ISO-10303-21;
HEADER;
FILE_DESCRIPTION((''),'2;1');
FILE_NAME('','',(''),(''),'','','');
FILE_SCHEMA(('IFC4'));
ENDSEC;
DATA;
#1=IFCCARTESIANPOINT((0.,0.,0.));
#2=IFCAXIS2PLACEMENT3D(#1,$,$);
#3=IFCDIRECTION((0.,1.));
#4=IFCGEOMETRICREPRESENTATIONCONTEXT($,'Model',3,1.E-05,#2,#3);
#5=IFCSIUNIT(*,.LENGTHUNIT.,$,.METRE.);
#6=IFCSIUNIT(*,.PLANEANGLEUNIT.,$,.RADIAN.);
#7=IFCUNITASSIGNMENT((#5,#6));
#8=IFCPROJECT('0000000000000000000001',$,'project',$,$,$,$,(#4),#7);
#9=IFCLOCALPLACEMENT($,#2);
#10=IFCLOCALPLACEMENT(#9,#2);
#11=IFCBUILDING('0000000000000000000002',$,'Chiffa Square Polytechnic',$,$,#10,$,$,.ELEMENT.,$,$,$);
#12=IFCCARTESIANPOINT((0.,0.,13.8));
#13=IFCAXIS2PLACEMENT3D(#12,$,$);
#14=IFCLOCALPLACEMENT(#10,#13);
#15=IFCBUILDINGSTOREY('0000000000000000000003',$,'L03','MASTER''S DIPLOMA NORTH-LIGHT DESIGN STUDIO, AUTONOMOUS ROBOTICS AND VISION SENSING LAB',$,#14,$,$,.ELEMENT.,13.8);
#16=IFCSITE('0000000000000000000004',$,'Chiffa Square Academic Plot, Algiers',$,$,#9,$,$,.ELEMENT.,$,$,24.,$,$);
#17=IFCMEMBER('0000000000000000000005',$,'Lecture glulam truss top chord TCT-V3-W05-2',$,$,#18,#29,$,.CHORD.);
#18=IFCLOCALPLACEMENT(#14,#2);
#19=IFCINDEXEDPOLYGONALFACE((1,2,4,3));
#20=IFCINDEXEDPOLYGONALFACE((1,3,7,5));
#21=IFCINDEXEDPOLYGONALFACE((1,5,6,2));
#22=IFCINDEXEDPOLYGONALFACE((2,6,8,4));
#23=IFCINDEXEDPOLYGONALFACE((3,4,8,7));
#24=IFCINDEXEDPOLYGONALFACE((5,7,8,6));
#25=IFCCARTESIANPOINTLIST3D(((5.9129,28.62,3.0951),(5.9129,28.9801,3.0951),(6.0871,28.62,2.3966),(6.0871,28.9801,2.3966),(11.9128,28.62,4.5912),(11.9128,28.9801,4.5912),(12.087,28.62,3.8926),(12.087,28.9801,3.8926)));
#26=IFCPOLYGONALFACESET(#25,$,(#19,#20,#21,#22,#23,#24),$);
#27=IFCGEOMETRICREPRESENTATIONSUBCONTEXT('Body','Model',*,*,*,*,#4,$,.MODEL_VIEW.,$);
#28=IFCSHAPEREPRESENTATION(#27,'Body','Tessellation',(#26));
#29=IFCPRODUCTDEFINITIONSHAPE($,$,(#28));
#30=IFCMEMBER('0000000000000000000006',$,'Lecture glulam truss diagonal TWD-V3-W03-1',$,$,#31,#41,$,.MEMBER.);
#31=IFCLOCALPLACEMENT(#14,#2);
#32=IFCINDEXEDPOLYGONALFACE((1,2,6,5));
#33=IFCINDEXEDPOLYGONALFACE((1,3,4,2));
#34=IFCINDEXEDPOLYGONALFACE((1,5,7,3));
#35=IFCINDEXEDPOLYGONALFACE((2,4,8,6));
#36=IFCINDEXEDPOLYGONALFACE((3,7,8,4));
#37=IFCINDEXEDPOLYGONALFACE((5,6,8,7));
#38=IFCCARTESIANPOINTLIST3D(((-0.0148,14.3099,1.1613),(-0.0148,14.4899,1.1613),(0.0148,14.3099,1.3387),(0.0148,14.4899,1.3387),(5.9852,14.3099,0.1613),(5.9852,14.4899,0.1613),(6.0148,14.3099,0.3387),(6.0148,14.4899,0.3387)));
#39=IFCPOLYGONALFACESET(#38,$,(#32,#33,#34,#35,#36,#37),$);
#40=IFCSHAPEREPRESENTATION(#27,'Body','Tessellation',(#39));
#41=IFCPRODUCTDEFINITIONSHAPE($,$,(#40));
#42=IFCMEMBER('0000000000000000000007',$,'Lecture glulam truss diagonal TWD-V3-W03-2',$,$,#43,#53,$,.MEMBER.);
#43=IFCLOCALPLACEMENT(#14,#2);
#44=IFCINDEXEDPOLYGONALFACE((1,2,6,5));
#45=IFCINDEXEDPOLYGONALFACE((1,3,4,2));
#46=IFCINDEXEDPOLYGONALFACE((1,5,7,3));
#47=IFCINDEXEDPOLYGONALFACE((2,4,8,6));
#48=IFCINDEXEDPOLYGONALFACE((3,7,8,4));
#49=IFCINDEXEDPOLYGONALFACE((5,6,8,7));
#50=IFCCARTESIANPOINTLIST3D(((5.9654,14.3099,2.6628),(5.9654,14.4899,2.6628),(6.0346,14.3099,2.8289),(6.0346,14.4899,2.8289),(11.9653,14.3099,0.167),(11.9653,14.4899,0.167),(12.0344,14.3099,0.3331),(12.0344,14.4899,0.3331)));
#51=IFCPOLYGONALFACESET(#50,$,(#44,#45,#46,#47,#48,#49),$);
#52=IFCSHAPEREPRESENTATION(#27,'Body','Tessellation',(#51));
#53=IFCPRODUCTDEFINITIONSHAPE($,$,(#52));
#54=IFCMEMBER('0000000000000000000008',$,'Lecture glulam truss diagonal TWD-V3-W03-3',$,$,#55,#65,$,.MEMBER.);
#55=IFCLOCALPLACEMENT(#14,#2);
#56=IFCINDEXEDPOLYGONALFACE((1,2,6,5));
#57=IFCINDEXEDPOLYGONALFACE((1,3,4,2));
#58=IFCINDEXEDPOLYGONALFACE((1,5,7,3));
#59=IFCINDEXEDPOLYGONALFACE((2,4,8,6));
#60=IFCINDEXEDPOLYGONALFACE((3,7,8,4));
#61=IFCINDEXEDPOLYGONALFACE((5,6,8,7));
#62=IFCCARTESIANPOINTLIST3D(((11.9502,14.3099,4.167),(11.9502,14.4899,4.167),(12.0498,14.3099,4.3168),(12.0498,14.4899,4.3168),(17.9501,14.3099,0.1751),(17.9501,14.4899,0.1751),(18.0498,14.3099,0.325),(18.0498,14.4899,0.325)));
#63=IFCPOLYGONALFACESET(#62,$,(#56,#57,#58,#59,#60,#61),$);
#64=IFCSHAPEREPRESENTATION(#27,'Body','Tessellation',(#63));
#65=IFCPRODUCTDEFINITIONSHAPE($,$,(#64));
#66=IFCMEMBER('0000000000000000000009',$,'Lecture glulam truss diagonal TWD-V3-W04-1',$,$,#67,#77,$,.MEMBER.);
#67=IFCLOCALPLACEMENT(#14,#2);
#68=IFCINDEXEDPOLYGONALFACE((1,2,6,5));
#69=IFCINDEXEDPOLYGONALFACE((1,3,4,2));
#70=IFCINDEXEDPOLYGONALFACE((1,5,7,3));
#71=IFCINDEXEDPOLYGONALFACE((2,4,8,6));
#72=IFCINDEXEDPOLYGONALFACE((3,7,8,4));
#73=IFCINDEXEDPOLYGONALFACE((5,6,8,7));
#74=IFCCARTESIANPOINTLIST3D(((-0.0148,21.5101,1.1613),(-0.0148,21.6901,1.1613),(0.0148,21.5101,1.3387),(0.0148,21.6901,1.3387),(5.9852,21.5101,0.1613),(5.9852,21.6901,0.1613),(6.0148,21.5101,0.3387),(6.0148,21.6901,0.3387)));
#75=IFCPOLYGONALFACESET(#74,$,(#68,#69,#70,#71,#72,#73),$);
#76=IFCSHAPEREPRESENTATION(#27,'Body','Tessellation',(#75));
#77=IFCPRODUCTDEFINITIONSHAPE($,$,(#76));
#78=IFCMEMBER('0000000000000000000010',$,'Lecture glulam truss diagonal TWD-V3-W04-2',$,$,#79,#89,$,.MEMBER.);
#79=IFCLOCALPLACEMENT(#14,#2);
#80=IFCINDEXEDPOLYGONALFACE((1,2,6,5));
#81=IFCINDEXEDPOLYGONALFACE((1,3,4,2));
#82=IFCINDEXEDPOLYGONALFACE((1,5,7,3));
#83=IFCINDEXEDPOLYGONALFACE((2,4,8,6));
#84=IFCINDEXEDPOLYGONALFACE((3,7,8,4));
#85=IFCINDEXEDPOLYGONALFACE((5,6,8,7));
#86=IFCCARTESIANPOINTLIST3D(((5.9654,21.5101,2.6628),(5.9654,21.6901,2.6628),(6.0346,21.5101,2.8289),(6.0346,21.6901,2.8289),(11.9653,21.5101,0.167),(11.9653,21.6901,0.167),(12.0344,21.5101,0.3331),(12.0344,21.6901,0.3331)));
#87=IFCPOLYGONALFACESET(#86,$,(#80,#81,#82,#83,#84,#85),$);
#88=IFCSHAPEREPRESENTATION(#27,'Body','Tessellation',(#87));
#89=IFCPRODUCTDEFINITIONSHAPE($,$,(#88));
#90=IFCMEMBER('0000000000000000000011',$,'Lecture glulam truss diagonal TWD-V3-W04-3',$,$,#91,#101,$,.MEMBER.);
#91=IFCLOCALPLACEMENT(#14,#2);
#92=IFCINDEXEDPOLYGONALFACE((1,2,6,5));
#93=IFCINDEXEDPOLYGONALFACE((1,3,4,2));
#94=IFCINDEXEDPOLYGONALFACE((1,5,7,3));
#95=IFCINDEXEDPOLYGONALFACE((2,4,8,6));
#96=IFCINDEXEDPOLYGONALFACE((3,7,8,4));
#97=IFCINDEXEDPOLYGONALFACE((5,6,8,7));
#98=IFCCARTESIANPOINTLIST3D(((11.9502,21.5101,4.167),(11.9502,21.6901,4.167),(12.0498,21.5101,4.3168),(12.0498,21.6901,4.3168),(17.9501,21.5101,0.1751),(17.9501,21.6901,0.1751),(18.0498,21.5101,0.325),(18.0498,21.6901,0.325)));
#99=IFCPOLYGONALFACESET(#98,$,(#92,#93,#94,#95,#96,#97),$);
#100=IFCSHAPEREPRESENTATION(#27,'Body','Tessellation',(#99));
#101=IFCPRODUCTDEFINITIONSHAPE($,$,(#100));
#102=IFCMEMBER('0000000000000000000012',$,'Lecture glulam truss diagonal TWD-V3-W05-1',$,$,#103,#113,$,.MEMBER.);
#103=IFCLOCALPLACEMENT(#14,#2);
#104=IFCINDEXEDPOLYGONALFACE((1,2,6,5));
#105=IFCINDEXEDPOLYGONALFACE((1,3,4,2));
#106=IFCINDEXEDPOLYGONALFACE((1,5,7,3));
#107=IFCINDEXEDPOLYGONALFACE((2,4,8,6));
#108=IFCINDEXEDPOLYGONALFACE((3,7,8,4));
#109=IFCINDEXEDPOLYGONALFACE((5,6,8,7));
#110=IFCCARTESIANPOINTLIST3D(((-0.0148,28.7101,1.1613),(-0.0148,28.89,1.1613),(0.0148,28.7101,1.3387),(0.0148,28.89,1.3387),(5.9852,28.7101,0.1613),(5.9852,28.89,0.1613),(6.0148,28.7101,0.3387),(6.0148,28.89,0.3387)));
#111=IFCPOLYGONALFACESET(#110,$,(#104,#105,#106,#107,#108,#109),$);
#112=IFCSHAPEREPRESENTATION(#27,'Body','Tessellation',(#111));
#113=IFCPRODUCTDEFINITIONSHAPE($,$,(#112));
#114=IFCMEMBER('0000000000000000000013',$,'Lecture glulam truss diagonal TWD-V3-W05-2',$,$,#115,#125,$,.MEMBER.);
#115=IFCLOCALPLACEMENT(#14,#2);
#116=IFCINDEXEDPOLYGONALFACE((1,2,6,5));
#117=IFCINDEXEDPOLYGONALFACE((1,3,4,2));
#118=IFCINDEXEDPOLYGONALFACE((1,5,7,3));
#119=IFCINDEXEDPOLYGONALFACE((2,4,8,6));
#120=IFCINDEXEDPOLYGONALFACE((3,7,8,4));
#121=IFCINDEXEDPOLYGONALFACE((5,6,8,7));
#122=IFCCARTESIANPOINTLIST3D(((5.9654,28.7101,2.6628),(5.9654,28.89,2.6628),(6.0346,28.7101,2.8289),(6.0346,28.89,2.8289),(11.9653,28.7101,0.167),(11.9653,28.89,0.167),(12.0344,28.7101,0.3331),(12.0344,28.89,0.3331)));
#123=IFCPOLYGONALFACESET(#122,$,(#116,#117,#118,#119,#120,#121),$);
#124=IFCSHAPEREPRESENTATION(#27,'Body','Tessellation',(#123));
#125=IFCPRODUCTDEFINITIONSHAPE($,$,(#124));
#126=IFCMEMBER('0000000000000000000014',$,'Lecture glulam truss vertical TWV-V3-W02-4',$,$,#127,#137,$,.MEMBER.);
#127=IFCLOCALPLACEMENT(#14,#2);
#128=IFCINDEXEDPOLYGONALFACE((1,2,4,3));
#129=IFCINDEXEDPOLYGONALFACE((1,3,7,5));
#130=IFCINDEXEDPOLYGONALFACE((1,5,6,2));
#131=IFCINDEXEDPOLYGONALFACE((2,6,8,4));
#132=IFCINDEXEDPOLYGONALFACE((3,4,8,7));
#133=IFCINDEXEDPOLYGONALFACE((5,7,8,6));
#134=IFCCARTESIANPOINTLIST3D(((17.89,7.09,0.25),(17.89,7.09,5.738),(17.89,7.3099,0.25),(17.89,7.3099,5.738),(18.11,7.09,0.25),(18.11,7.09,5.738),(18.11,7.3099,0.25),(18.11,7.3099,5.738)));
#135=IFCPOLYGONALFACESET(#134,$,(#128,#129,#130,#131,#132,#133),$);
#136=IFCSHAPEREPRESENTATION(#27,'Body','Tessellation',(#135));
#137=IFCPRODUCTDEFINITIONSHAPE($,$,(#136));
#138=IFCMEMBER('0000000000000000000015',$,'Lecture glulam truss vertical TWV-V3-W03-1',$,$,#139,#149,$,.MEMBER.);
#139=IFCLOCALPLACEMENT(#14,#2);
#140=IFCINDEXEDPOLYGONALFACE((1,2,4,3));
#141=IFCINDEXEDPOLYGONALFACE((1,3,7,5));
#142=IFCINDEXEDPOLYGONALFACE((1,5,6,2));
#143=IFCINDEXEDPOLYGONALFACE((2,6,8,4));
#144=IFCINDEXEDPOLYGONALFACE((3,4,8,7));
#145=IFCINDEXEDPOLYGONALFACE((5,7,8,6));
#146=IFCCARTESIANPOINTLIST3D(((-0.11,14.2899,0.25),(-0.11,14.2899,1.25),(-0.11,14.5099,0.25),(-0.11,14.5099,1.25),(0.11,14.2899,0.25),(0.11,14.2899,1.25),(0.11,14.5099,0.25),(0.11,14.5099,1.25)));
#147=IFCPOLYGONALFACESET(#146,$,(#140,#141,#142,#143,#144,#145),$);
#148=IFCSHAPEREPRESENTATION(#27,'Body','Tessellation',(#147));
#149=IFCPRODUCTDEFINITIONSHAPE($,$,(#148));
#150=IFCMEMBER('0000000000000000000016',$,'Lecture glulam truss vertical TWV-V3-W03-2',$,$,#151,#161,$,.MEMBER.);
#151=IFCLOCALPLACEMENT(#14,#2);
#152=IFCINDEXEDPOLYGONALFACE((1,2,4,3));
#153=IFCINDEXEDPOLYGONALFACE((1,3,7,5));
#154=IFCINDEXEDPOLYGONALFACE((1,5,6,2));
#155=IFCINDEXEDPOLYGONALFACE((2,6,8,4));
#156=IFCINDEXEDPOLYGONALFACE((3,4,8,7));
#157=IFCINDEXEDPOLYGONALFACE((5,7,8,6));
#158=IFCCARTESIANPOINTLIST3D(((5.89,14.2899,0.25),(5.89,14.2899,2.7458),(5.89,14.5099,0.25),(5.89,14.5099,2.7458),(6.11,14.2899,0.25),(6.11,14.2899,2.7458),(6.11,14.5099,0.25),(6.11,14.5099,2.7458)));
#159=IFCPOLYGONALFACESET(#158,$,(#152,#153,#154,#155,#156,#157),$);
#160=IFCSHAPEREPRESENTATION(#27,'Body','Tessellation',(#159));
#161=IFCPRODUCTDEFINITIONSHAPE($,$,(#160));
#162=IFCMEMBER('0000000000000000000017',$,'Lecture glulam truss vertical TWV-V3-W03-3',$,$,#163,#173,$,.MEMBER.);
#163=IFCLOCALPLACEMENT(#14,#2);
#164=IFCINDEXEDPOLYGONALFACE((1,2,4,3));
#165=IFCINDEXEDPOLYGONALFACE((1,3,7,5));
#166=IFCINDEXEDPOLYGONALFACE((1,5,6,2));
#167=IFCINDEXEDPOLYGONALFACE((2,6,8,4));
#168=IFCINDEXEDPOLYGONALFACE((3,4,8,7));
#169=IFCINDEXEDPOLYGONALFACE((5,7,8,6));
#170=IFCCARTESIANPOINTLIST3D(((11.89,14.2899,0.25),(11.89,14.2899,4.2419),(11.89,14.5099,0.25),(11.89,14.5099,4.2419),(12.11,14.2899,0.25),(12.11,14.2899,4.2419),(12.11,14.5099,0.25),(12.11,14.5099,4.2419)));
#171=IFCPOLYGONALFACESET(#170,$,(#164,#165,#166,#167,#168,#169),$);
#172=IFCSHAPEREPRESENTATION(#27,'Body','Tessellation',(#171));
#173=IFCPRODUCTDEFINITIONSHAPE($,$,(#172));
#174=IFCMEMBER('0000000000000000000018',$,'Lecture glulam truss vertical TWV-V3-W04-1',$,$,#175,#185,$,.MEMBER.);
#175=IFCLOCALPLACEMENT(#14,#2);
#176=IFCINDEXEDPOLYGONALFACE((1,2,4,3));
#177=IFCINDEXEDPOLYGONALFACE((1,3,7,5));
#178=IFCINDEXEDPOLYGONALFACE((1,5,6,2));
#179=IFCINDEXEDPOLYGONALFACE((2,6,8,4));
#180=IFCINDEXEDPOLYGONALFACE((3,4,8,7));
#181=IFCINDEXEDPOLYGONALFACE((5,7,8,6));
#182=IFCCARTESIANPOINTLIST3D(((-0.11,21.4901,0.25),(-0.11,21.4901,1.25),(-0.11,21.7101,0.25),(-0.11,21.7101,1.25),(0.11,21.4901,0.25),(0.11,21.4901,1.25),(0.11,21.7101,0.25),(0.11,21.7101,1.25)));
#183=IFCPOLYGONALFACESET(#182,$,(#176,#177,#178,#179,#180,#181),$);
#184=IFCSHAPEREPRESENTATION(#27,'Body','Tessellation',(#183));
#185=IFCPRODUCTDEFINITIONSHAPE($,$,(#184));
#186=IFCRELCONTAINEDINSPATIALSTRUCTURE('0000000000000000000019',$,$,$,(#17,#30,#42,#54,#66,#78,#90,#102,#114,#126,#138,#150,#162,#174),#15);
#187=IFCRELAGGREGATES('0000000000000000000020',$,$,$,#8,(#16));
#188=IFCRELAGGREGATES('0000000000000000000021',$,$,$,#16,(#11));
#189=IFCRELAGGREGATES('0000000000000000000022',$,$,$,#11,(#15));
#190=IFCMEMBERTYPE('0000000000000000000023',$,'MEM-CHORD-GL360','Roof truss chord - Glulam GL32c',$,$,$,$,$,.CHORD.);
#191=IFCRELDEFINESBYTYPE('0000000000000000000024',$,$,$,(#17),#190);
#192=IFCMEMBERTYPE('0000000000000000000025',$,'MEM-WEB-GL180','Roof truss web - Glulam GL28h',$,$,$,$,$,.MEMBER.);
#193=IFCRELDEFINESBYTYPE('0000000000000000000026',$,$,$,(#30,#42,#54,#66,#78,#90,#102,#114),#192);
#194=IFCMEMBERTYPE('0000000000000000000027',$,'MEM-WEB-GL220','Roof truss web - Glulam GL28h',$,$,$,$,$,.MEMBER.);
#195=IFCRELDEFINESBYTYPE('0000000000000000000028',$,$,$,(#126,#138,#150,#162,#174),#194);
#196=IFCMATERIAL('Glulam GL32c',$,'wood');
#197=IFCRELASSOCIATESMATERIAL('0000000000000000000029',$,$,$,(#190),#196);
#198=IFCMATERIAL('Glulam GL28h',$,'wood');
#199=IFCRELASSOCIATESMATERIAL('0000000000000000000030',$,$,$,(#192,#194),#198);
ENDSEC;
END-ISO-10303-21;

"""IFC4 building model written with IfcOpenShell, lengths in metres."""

from ifc_helpers import new_model, si_unit, direction, frame, origin, origin_2d, place, context, subcontext, project, spatial, rectangle, extrude, material, material_profile, profile_set, type_object, element, save


model = new_model("IFC4")

# Units and contexts
model_context = context("Model", 3, precision=1e-05, world=origin(), true_north=direction((0.0, 1.0)))
body_context = subcontext(model_context, "Body", "Model", "MODEL_VIEW")
ifc_project = project(units=[si_unit("LENGTHUNIT", "METRE"), si_unit("PLANEANGLEUNIT", "RADIAN")], contexts=[model_context])

# Site, building, storey
site_placement = place(None, origin())
site = spatial("IfcSite", under=ifc_project, at=site_placement, Name="Chiffa Square Academic Plot, Algiers", CompositionType="ELEMENT", RefElevation=24.0)
building_placement = place(site_placement, origin())
building = spatial("IfcBuilding", under=site, at=building_placement, Name="Chiffa Square Polytechnic", CompositionType="ELEMENT")
storey_placement = place(building_placement, frame((0.0, 0.0, 13.8)))
storey = spatial("IfcBuildingStorey", under=building, at=storey_placement, Name="L03", Description="MASTER'S DIPLOMA NORTH-LIGHT DESIGN STUDIO, AUTONOMOUS ROBOTICS AND VISION SENSING LAB", CompositionType="ELEMENT", Elevation=13.8)

# Shared definitions
ifc_material_1 = material(Name="Glulam GL32c", Category="wood")

# Members
ifc_material_profile_1 = material_profile(ifc_material_1, rectangle(XDim=0.3601, YDim=0.72, at=origin_2d()), Name="GL32c 360x720")
ifc_profile_set_1 = profile_set([ifc_material_profile_1], Name="Glulam GL32c")
member_type_1 = type_object("IfcMemberType", Name="MEM-CHORD-GL360", Description="Roof truss chord - Glulam GL32c", PredefinedType="CHORD", material=ifc_profile_set_1)
for number, where, z_axis, x_axis, name in (
    (1, (6.0, 28.8, 2.7458), (0.970291, 0.0, 0.241941), (0.0, 1.0, 0.0), "Lecture glulam truss top chord TCT-V3-W05-2"),
):
    element("IfcMember", number, at=place(storey_placement, frame(where, z_axis=z_axis, x_axis=x_axis)), inside=storey, type_object=member_type_1, Name=name, PredefinedType="CHORD", context=body_context, shape_type="SweptSolid", body=[
        extrude(rectangle(XDim=0.3601, YDim=0.72, at=origin_2d()), origin(), (0.0, 0.0, 1.0), 6.1836),
    ])
ifc_material_2 = material(Name="Glulam GL28h", Category="wood")
ifc_material_profile_2 = material_profile(ifc_material_2, rectangle(XDim=0.1799, YDim=0.1799, at=origin_2d()), Name="GL28h 180x180")
ifc_profile_set_2 = profile_set([ifc_material_profile_2], Name="Glulam GL28h")
member_type_2 = type_object("IfcMemberType", Name="MEM-WEB-GL180", Description="Roof truss web - Glulam GL28h", PredefinedType="MEMBER", material=ifc_profile_set_2)
member_1_placement = place(storey_placement, frame((0.0, 14.3999, 1.25), z_axis=(0.986394, 0.0, -0.164399), x_axis=(0.0, 1.0, 0.0)))
element("IfcMember", 2, at=member_1_placement, inside=storey, type_object=member_type_2, Name="Lecture glulam truss diagonal TWD-V3-W03-1", PredefinedType="MEMBER", context=body_context, shape_type="SweptSolid", body=[
    extrude(rectangle(XDim=0.1799, YDim=0.1799, at=origin_2d()), origin(), (0.0, 0.0, 1.0), 6.0828),
])
member_2_placement = place(storey_placement, frame((6.0, 14.3999, 2.7458), z_axis=(0.923304, 0.0, -0.384071), x_axis=(0.0, 1.0, 0.0)))
element("IfcMember", 3, at=member_2_placement, inside=storey, type_object=member_type_2, Name="Lecture glulam truss diagonal TWD-V3-W03-2", PredefinedType="MEMBER", context=body_context, shape_type="SweptSolid", body=[
    extrude(rectangle(XDim=0.1799, YDim=0.1799, at=origin_2d()), origin(), (0.0, 0.0, 1.0), 6.4983),
])
member_3_placement = place(storey_placement, frame((12.0, 14.3999, 4.2419), z_axis=(0.832566, 0.0, -0.553926), x_axis=(0.0, 1.0, 0.0)))
element("IfcMember", 4, at=member_3_placement, inside=storey, type_object=member_type_2, Name="Lecture glulam truss diagonal TWD-V3-W03-3", PredefinedType="MEMBER", context=body_context, shape_type="SweptSolid", body=[
    extrude(rectangle(XDim=0.1799, YDim=0.1799, at=origin_2d()), origin(), (0.0, 0.0, 1.0), 7.2065),
])
member_4_placement = place(storey_placement, frame((0.0, 21.6001, 1.25), z_axis=(0.986394, 0.0, -0.164399), x_axis=(0.0, 1.0, 0.0)))
element("IfcMember", 5, at=member_4_placement, inside=storey, type_object=member_type_2, Name="Lecture glulam truss diagonal TWD-V3-W04-1", PredefinedType="MEMBER", context=body_context, shape_type="SweptSolid", body=[
    extrude(rectangle(XDim=0.1799, YDim=0.1799, at=origin_2d()), origin(), (0.0, 0.0, 1.0), 6.0828),
])
member_5_placement = place(storey_placement, frame((6.0, 21.6001, 2.7458), z_axis=(0.923304, 0.0, -0.384071), x_axis=(0.0, 1.0, 0.0)))
element("IfcMember", 6, at=member_5_placement, inside=storey, type_object=member_type_2, Name="Lecture glulam truss diagonal TWD-V3-W04-2", PredefinedType="MEMBER", context=body_context, shape_type="SweptSolid", body=[
    extrude(rectangle(XDim=0.1799, YDim=0.1799, at=origin_2d()), origin(), (0.0, 0.0, 1.0), 6.4983),
])
member_6_placement = place(storey_placement, frame((12.0, 21.6001, 4.2419), z_axis=(0.832566, 0.0, -0.553926), x_axis=(0.0, 1.0, 0.0)))
element("IfcMember", 7, at=member_6_placement, inside=storey, type_object=member_type_2, Name="Lecture glulam truss diagonal TWD-V3-W04-3", PredefinedType="MEMBER", context=body_context, shape_type="SweptSolid", body=[
    extrude(rectangle(XDim=0.1799, YDim=0.1799, at=origin_2d()), origin(), (0.0, 0.0, 1.0), 7.2065),
])
member_7_placement = place(storey_placement, frame((0.0, 28.8, 1.25), z_axis=(0.986394, 0.0, -0.164399), x_axis=(0.0, 1.0, 0.0)))
element("IfcMember", 8, at=member_7_placement, inside=storey, type_object=member_type_2, Name="Lecture glulam truss diagonal TWD-V3-W05-1", PredefinedType="MEMBER", context=body_context, shape_type="SweptSolid", body=[
    extrude(rectangle(XDim=0.1799, YDim=0.1799, at=origin_2d()), origin(), (0.0, 0.0, 1.0), 6.0828),
])
member_8_placement = place(storey_placement, frame((6.0, 28.8, 2.7458), z_axis=(0.923304, 0.0, -0.384071), x_axis=(0.0, 1.0, 0.0)))
element("IfcMember", 9, at=member_8_placement, inside=storey, type_object=member_type_2, Name="Lecture glulam truss diagonal TWD-V3-W05-2", PredefinedType="MEMBER", context=body_context, shape_type="SweptSolid", body=[
    extrude(rectangle(XDim=0.1799, YDim=0.1799, at=origin_2d()), origin(), (0.0, 0.0, 1.0), 6.4983),
])
ifc_material_profile_3 = material_profile(ifc_material_2, rectangle(XDim=0.22, YDim=0.22, at=origin_2d()), Name="GL28h 220x220")
ifc_profile_set_3 = profile_set([ifc_material_profile_3], Name="Glulam GL28h")
member_type_3 = type_object("IfcMemberType", Name="MEM-WEB-GL220", Description="Roof truss web - Glulam GL28h", PredefinedType="MEMBER", material=ifc_profile_set_3)
member_9_placement = place(storey_placement, frame((18.0, 7.2, 0.25), z_axis=(0.0, 0.0, 1.0), x_axis=(1.0, 0.0, 0.0)))
element("IfcMember", 10, at=member_9_placement, inside=storey, type_object=member_type_3, Name="Lecture glulam truss vertical TWV-V3-W02-4", PredefinedType="MEMBER", context=body_context, shape_type="SweptSolid", body=[
    extrude(rectangle(XDim=0.22, YDim=0.22, at=origin_2d()), origin(), (0.0, 0.0, 1.0), 5.488),
])
member_10_placement = place(storey_placement, frame((0.0, 14.3999, 0.25), z_axis=(0.0, 0.0, 1.0), x_axis=(1.0, 0.0, 0.0)))
element("IfcMember", 11, at=member_10_placement, inside=storey, type_object=member_type_3, Name="Lecture glulam truss vertical TWV-V3-W03-1", PredefinedType="MEMBER", context=body_context, shape_type="SweptSolid", body=[
    extrude(rectangle(XDim=0.22, YDim=0.22, at=origin_2d()), origin(), (0.0, 0.0, 1.0), 1.0),
])
member_11_placement = place(storey_placement, frame((6.0, 14.3999, 0.25), z_axis=(0.0, 0.0, 1.0), x_axis=(1.0, 0.0, 0.0)))
element("IfcMember", 12, at=member_11_placement, inside=storey, type_object=member_type_3, Name="Lecture glulam truss vertical TWV-V3-W03-2", PredefinedType="MEMBER", context=body_context, shape_type="SweptSolid", body=[
    extrude(rectangle(XDim=0.22, YDim=0.22, at=origin_2d()), origin(), (0.0, 0.0, 1.0), 2.4958),
])
member_12_placement = place(storey_placement, frame((12.0, 14.3999, 0.25), z_axis=(0.0, 0.0, 1.0), x_axis=(1.0, 0.0, 0.0)))
element("IfcMember", 13, at=member_12_placement, inside=storey, type_object=member_type_3, Name="Lecture glulam truss vertical TWV-V3-W03-3", PredefinedType="MEMBER", context=body_context, shape_type="SweptSolid", body=[
    extrude(rectangle(XDim=0.22, YDim=0.22, at=origin_2d()), origin(), (0.0, 0.0, 1.0), 3.9919),
])
member_13_placement = place(storey_placement, frame((0.0, 21.6001, 0.25), z_axis=(0.0, 0.0, 1.0), x_axis=(1.0, 0.0, 0.0)))
element("IfcMember", 14, at=member_13_placement, inside=storey, type_object=member_type_3, Name="Lecture glulam truss vertical TWV-V3-W04-1", PredefinedType="MEMBER", context=body_context, shape_type="SweptSolid", body=[
    extrude(rectangle(XDim=0.22, YDim=0.22, at=origin_2d()), origin(), (0.0, 0.0, 1.0), 1.0),
])

save(model, "model.ifc")
